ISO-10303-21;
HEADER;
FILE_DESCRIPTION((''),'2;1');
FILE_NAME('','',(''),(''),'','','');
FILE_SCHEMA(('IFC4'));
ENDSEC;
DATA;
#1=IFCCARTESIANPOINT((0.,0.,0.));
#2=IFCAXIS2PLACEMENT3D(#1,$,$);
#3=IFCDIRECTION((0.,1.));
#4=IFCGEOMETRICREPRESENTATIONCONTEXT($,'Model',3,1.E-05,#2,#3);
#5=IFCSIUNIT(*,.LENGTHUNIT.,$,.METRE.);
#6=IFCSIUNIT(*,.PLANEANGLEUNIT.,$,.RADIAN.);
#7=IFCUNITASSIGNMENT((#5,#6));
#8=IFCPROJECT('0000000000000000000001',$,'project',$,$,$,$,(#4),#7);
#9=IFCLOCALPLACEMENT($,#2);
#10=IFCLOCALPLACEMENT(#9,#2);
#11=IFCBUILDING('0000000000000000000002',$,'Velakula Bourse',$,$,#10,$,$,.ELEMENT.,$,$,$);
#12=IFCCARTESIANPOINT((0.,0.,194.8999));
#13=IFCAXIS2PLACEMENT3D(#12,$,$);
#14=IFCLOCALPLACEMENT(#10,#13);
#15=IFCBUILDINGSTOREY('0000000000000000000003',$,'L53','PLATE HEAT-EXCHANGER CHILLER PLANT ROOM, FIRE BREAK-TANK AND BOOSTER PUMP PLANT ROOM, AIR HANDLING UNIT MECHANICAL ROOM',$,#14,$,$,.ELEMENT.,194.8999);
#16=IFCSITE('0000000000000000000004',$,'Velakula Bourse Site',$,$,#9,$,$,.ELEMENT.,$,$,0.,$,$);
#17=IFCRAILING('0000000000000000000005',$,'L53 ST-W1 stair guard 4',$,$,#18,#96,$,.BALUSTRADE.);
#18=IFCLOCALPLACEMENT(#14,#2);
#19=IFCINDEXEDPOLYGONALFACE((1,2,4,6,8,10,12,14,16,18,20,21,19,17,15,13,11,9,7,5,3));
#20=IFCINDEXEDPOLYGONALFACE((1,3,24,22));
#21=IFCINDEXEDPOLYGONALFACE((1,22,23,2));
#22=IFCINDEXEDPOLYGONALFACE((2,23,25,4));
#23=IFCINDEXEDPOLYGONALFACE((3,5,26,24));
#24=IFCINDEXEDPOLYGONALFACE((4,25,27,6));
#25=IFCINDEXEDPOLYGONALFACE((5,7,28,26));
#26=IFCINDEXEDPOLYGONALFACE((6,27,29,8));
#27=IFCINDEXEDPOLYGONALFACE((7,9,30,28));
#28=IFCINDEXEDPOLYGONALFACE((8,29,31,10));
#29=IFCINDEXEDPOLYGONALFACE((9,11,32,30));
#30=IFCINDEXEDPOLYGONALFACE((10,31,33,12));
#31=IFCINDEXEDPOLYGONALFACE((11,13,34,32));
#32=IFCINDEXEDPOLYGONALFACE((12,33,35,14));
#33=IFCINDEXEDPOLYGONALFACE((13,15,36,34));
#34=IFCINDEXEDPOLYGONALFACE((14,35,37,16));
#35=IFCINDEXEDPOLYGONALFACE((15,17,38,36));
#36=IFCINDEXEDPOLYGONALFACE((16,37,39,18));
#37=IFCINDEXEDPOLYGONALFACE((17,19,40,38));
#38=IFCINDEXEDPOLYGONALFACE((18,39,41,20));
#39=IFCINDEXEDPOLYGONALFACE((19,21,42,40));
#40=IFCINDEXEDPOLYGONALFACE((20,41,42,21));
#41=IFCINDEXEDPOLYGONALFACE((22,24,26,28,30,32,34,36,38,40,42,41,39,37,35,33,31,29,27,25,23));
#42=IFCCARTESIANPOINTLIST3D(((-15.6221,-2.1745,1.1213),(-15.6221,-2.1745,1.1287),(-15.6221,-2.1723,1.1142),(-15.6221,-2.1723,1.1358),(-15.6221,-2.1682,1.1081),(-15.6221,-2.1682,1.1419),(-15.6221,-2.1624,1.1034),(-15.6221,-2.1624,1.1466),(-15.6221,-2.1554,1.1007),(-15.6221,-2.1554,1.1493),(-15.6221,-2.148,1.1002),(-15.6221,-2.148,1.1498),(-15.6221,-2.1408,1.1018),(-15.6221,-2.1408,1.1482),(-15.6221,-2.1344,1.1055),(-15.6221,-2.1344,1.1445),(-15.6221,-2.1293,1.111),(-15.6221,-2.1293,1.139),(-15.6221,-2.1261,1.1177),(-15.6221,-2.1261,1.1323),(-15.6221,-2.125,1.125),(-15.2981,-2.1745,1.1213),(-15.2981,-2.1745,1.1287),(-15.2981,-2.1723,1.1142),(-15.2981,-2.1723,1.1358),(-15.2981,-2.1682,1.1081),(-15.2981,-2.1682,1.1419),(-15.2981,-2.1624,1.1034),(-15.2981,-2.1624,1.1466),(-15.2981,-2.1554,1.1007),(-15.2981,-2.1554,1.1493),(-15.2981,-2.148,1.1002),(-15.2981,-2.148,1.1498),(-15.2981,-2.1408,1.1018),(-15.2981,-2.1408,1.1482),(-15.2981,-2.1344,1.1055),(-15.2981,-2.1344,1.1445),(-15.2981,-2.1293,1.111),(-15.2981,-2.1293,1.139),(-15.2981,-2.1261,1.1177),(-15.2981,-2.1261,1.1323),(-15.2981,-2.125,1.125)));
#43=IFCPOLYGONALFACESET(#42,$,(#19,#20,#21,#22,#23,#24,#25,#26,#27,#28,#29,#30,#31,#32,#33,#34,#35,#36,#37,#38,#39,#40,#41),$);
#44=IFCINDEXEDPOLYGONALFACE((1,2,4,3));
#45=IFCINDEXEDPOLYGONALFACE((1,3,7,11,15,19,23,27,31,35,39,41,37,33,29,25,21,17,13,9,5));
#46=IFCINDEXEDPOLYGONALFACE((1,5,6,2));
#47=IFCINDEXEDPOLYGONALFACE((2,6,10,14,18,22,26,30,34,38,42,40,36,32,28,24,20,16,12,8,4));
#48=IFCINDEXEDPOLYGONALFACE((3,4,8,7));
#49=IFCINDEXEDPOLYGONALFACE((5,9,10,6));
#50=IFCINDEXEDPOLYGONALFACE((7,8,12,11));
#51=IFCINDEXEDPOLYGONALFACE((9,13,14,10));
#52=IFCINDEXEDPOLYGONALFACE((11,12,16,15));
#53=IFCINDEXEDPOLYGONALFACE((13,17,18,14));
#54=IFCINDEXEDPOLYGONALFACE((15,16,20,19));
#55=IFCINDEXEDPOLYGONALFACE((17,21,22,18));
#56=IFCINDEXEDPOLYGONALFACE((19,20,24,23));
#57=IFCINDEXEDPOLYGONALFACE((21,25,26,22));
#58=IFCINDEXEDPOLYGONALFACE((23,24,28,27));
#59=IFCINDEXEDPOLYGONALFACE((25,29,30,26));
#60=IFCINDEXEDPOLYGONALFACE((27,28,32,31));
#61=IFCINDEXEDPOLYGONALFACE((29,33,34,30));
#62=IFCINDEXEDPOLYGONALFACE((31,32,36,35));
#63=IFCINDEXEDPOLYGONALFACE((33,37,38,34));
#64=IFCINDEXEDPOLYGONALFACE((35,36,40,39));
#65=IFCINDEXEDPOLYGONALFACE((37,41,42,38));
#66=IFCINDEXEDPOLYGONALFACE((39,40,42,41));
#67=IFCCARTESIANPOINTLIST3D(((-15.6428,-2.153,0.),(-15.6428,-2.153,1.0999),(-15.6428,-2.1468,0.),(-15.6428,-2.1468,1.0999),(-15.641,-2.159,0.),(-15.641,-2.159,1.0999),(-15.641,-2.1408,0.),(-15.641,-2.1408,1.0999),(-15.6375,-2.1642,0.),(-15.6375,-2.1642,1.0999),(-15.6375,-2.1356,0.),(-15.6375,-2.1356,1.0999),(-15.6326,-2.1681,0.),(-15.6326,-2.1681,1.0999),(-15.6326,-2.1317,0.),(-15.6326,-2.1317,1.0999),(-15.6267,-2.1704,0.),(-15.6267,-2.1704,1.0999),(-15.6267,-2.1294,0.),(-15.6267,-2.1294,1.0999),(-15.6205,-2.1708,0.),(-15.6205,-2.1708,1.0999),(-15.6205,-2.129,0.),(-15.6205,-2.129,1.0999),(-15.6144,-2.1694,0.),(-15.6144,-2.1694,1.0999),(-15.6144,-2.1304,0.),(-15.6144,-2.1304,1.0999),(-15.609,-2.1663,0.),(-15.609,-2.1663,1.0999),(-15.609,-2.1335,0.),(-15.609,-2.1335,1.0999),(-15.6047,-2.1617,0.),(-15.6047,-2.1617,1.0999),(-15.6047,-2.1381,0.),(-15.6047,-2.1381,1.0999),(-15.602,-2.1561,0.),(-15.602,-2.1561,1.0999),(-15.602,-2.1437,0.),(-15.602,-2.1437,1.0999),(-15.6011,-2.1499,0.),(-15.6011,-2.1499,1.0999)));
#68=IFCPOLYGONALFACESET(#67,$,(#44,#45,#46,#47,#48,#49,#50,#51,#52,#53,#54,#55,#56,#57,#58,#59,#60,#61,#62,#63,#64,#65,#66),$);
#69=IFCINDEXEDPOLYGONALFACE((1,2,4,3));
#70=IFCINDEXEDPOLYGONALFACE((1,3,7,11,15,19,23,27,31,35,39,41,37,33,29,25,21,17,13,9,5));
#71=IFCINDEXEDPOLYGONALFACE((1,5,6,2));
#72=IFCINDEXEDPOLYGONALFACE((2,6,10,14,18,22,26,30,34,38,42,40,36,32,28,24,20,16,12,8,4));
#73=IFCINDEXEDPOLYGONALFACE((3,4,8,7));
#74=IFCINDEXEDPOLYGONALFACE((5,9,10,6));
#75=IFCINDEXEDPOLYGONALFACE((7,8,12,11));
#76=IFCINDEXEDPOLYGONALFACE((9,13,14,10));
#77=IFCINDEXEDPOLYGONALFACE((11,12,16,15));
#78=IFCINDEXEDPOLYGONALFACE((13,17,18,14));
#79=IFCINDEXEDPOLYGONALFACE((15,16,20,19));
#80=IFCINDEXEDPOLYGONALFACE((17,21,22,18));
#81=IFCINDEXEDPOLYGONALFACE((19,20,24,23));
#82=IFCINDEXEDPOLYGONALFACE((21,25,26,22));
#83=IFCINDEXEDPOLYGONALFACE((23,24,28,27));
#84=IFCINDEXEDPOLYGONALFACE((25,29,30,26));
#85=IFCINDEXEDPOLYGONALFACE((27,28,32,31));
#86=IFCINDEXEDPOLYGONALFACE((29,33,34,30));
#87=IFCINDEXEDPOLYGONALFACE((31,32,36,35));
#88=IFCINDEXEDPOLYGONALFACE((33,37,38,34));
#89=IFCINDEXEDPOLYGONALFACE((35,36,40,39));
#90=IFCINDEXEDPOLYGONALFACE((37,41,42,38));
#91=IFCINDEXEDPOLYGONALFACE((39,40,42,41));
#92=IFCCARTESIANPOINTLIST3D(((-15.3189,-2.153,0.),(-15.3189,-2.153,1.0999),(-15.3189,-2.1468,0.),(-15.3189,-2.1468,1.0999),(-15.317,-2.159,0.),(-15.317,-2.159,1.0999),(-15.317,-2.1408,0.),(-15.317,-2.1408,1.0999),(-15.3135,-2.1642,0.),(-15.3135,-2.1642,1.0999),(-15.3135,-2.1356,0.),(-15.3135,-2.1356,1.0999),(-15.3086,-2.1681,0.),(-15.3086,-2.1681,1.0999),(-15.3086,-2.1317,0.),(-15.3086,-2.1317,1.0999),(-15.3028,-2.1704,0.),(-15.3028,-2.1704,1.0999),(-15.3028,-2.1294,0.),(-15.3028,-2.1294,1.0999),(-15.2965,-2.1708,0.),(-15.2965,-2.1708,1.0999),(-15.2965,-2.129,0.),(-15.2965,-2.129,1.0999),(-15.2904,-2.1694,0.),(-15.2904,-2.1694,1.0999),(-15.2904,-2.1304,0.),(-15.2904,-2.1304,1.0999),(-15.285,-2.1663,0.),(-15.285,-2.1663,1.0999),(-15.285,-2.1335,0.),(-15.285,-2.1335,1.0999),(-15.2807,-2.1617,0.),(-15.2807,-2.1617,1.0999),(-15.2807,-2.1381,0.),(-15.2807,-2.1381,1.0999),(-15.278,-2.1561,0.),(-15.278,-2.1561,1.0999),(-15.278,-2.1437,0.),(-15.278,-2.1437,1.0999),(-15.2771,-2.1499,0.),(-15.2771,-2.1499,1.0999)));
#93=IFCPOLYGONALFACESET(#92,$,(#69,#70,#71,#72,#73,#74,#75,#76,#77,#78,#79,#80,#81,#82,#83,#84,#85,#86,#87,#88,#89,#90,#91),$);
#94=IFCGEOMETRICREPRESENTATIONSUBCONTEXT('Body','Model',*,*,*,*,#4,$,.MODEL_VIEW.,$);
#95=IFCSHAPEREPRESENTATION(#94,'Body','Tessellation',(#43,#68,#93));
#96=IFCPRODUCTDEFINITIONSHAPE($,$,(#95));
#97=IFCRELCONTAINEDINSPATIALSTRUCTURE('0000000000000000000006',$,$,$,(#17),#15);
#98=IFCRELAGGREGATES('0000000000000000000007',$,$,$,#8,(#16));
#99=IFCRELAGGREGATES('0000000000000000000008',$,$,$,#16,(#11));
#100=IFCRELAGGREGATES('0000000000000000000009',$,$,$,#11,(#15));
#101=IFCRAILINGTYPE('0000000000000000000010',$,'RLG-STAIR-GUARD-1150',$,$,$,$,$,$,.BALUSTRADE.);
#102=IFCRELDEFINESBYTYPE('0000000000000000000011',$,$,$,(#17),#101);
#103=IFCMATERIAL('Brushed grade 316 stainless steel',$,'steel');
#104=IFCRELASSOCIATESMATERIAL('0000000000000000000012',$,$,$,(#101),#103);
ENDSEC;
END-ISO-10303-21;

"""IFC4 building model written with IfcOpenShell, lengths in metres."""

from ifc_helpers import new_model, si_unit, direction, frame, origin, origin_2d, place, context, subcontext, project, spatial, circle, extrude, material, type_object, element, save


model = new_model("IFC4")

# Units and contexts
model_context = context("Model", 3, precision=1e-05, world=origin(), true_north=direction((0.0, 1.0)))
body_context = subcontext(model_context, "Body", "Model", "MODEL_VIEW")
ifc_project = project(units=[si_unit("LENGTHUNIT", "METRE"), si_unit("PLANEANGLEUNIT", "RADIAN")], contexts=[model_context])

# Site, building, storey
site_placement = place(None, origin())
site = spatial("IfcSite", under=ifc_project, at=site_placement, Name="Velakula Bourse Site", CompositionType="ELEMENT", RefElevation=0.0)
building_placement = place(site_placement, origin())
building = spatial("IfcBuilding", under=site, at=building_placement, Name="Velakula Bourse", CompositionType="ELEMENT")
storey_placement = place(building_placement, frame((0.0, 0.0, 194.8999)))
storey = spatial("IfcBuildingStorey", under=building, at=storey_placement, Name="L53", Description="PLATE HEAT-EXCHANGER CHILLER PLANT ROOM, FIRE BREAK-TANK AND BOOSTER PUMP PLANT ROOM, AIR HANDLING UNIT MECHANICAL ROOM", CompositionType="ELEMENT", Elevation=194.8999)

# Shared definitions
ifc_material_1 = material(Name="Brushed grade 316 stainless steel", Category="steel")

# Railing
railing_type_1 = type_object("IfcRailingType", Name="RLG-STAIR-GUARD-1150", PredefinedType="BALUSTRADE", material=ifc_material_1)
railing_1_placement = place(storey_placement, frame((-15.6221, -2.1499, 0.0)))
element("IfcRailing", 1, at=railing_1_placement, inside=storey, type_object=railing_type_1, Name="L53 ST-W1 stair guard 4", PredefinedType="BALUSTRADE", context=body_context, shape_type="SweptSolid", body=[
    extrude(circle(Radius=0.0249, at=origin_2d()), frame((0.0, 0.0, 1.125), z_axis=(1.0, 0.0, 0.0), x_axis=(0.0, 1.0, 0.0)), (0.0, 0.0, 1.0), 0.324),
    extrude(circle(Radius=0.021, at=origin_2d()), origin(), (0.0, 0.0, 1.0), 1.0999),
    extrude(circle(Radius=0.021, at=origin_2d()), frame((0.324, 0.0, 0.0)), (0.0, 0.0, 1.0), 1.0999),
])

save(model, "model.ifc")
